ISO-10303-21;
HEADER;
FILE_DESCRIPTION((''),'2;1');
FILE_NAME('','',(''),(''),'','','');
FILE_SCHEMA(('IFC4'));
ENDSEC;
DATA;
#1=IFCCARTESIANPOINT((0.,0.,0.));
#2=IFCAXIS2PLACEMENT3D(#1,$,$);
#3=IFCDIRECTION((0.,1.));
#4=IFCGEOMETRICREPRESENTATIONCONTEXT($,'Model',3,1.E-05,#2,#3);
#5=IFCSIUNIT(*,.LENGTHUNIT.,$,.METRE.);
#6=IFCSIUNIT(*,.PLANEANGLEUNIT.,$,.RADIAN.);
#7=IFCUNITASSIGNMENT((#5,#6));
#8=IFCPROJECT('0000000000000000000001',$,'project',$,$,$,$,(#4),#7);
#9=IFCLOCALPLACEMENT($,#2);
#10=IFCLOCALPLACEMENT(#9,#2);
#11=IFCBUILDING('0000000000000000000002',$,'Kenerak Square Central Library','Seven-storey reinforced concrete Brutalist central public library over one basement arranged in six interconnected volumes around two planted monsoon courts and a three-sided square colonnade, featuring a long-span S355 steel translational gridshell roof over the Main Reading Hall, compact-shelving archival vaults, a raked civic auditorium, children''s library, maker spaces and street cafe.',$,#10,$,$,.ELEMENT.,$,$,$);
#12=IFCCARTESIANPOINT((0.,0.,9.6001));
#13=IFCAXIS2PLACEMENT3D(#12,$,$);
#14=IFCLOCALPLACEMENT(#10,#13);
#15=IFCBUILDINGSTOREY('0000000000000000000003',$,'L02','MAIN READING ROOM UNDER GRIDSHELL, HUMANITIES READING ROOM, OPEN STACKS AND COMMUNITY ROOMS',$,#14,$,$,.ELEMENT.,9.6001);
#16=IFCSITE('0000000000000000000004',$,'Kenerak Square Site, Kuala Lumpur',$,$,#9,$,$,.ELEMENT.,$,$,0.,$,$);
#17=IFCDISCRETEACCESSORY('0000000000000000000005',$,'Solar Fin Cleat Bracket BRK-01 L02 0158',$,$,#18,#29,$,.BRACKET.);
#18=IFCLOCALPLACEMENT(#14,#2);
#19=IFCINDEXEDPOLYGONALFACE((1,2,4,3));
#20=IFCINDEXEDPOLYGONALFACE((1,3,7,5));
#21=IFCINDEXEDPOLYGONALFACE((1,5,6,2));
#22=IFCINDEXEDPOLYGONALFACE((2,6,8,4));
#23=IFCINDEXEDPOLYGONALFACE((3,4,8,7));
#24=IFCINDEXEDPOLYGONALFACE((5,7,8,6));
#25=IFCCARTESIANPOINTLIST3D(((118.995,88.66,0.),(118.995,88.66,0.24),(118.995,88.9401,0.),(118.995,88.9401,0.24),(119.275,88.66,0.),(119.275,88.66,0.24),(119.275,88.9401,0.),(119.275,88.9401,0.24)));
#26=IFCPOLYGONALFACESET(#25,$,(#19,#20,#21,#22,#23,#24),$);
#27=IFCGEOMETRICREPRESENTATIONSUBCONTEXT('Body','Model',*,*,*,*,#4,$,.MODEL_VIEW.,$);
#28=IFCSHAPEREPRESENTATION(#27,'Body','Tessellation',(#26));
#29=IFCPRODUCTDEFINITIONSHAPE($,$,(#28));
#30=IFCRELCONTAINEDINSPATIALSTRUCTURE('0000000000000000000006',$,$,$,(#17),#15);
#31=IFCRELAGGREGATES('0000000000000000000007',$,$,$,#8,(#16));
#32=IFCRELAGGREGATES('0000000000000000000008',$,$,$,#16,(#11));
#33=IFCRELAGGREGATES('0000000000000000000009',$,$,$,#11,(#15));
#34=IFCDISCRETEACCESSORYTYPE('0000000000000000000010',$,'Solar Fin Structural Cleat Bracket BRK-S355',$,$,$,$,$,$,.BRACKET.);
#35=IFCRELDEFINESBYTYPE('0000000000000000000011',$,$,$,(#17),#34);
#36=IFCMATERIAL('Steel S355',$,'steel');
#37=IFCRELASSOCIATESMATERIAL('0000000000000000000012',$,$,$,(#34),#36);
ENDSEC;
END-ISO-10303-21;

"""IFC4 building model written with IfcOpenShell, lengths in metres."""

from ifc_helpers import new_model, si_unit, direction, frame, origin, origin_2d, place, context, subcontext, project, spatial, rectangle, extrude, material, type_object, element, save


model = new_model("IFC4")

# Units and contexts
model_context = context("Model", 3, precision=1e-05, world=origin(), true_north=direction((0.0, 1.0)))
body_context = subcontext(model_context, "Body", "Model", "MODEL_VIEW")
ifc_project = project(units=[si_unit("LENGTHUNIT", "METRE"), si_unit("PLANEANGLEUNIT", "RADIAN")], contexts=[model_context])

# Site, building, storey
site_placement = place(None, origin())
site = spatial("IfcSite", under=ifc_project, at=site_placement, Name="Kenerak Square Site, Kuala Lumpur", CompositionType="ELEMENT", RefElevation=0.0)
building_placement = place(site_placement, origin())
building = spatial("IfcBuilding", under=site, at=building_placement, Name="Kenerak Square Central Library", Description="Seven-storey reinforced concrete Brutalist central public library over one basement arranged in six interconnected volumes around two planted monsoon courts and a three-sided square colonnade, featuring a long-span S355 steel translational gridshell roof over the Main Reading Hall, compact-shelving archival vaults, a raked civic auditorium, children's library, maker spaces and street cafe.", CompositionType="ELEMENT")
storey_placement = place(building_placement, frame((0.0, 0.0, 9.6001)))
storey = spatial("IfcBuildingStorey", under=building, at=storey_placement, Name="L02", Description="MAIN READING ROOM UNDER GRIDSHELL, HUMANITIES READING ROOM, OPEN STACKS AND COMMUNITY ROOMS", CompositionType="ELEMENT", Elevation=9.6001)

# Discrete accessory
ifc_material_1 = material(Name="Steel S355", Category="steel")
discrete_accessory_type = type_object("IfcDiscreteAccessoryType", Name="Solar Fin Structural Cleat Bracket BRK-S355", PredefinedType="BRACKET", material=ifc_material_1)
for number, where, z_axis, x_axis, name in (
    (1, (119.135, 88.8, 0.0), (0.0, 0.0, 1.0), (-1.0, 0.0, 0.0), "Solar Fin Cleat Bracket BRK-01 L02 0158"),
):
    element("IfcDiscreteAccessory", number, at=place(storey_placement, frame(where, z_axis=z_axis, x_axis=x_axis)), inside=storey, type_object=discrete_accessory_type, Name=name, PredefinedType="BRACKET", context=body_context, shape_type="SweptSolid", body=[
        extrude(rectangle(XDim=0.28, YDim=0.28, at=origin_2d()), origin(), (0.0, 0.0, 1.0), 0.24),
    ])

save(model, "model.ifc")
